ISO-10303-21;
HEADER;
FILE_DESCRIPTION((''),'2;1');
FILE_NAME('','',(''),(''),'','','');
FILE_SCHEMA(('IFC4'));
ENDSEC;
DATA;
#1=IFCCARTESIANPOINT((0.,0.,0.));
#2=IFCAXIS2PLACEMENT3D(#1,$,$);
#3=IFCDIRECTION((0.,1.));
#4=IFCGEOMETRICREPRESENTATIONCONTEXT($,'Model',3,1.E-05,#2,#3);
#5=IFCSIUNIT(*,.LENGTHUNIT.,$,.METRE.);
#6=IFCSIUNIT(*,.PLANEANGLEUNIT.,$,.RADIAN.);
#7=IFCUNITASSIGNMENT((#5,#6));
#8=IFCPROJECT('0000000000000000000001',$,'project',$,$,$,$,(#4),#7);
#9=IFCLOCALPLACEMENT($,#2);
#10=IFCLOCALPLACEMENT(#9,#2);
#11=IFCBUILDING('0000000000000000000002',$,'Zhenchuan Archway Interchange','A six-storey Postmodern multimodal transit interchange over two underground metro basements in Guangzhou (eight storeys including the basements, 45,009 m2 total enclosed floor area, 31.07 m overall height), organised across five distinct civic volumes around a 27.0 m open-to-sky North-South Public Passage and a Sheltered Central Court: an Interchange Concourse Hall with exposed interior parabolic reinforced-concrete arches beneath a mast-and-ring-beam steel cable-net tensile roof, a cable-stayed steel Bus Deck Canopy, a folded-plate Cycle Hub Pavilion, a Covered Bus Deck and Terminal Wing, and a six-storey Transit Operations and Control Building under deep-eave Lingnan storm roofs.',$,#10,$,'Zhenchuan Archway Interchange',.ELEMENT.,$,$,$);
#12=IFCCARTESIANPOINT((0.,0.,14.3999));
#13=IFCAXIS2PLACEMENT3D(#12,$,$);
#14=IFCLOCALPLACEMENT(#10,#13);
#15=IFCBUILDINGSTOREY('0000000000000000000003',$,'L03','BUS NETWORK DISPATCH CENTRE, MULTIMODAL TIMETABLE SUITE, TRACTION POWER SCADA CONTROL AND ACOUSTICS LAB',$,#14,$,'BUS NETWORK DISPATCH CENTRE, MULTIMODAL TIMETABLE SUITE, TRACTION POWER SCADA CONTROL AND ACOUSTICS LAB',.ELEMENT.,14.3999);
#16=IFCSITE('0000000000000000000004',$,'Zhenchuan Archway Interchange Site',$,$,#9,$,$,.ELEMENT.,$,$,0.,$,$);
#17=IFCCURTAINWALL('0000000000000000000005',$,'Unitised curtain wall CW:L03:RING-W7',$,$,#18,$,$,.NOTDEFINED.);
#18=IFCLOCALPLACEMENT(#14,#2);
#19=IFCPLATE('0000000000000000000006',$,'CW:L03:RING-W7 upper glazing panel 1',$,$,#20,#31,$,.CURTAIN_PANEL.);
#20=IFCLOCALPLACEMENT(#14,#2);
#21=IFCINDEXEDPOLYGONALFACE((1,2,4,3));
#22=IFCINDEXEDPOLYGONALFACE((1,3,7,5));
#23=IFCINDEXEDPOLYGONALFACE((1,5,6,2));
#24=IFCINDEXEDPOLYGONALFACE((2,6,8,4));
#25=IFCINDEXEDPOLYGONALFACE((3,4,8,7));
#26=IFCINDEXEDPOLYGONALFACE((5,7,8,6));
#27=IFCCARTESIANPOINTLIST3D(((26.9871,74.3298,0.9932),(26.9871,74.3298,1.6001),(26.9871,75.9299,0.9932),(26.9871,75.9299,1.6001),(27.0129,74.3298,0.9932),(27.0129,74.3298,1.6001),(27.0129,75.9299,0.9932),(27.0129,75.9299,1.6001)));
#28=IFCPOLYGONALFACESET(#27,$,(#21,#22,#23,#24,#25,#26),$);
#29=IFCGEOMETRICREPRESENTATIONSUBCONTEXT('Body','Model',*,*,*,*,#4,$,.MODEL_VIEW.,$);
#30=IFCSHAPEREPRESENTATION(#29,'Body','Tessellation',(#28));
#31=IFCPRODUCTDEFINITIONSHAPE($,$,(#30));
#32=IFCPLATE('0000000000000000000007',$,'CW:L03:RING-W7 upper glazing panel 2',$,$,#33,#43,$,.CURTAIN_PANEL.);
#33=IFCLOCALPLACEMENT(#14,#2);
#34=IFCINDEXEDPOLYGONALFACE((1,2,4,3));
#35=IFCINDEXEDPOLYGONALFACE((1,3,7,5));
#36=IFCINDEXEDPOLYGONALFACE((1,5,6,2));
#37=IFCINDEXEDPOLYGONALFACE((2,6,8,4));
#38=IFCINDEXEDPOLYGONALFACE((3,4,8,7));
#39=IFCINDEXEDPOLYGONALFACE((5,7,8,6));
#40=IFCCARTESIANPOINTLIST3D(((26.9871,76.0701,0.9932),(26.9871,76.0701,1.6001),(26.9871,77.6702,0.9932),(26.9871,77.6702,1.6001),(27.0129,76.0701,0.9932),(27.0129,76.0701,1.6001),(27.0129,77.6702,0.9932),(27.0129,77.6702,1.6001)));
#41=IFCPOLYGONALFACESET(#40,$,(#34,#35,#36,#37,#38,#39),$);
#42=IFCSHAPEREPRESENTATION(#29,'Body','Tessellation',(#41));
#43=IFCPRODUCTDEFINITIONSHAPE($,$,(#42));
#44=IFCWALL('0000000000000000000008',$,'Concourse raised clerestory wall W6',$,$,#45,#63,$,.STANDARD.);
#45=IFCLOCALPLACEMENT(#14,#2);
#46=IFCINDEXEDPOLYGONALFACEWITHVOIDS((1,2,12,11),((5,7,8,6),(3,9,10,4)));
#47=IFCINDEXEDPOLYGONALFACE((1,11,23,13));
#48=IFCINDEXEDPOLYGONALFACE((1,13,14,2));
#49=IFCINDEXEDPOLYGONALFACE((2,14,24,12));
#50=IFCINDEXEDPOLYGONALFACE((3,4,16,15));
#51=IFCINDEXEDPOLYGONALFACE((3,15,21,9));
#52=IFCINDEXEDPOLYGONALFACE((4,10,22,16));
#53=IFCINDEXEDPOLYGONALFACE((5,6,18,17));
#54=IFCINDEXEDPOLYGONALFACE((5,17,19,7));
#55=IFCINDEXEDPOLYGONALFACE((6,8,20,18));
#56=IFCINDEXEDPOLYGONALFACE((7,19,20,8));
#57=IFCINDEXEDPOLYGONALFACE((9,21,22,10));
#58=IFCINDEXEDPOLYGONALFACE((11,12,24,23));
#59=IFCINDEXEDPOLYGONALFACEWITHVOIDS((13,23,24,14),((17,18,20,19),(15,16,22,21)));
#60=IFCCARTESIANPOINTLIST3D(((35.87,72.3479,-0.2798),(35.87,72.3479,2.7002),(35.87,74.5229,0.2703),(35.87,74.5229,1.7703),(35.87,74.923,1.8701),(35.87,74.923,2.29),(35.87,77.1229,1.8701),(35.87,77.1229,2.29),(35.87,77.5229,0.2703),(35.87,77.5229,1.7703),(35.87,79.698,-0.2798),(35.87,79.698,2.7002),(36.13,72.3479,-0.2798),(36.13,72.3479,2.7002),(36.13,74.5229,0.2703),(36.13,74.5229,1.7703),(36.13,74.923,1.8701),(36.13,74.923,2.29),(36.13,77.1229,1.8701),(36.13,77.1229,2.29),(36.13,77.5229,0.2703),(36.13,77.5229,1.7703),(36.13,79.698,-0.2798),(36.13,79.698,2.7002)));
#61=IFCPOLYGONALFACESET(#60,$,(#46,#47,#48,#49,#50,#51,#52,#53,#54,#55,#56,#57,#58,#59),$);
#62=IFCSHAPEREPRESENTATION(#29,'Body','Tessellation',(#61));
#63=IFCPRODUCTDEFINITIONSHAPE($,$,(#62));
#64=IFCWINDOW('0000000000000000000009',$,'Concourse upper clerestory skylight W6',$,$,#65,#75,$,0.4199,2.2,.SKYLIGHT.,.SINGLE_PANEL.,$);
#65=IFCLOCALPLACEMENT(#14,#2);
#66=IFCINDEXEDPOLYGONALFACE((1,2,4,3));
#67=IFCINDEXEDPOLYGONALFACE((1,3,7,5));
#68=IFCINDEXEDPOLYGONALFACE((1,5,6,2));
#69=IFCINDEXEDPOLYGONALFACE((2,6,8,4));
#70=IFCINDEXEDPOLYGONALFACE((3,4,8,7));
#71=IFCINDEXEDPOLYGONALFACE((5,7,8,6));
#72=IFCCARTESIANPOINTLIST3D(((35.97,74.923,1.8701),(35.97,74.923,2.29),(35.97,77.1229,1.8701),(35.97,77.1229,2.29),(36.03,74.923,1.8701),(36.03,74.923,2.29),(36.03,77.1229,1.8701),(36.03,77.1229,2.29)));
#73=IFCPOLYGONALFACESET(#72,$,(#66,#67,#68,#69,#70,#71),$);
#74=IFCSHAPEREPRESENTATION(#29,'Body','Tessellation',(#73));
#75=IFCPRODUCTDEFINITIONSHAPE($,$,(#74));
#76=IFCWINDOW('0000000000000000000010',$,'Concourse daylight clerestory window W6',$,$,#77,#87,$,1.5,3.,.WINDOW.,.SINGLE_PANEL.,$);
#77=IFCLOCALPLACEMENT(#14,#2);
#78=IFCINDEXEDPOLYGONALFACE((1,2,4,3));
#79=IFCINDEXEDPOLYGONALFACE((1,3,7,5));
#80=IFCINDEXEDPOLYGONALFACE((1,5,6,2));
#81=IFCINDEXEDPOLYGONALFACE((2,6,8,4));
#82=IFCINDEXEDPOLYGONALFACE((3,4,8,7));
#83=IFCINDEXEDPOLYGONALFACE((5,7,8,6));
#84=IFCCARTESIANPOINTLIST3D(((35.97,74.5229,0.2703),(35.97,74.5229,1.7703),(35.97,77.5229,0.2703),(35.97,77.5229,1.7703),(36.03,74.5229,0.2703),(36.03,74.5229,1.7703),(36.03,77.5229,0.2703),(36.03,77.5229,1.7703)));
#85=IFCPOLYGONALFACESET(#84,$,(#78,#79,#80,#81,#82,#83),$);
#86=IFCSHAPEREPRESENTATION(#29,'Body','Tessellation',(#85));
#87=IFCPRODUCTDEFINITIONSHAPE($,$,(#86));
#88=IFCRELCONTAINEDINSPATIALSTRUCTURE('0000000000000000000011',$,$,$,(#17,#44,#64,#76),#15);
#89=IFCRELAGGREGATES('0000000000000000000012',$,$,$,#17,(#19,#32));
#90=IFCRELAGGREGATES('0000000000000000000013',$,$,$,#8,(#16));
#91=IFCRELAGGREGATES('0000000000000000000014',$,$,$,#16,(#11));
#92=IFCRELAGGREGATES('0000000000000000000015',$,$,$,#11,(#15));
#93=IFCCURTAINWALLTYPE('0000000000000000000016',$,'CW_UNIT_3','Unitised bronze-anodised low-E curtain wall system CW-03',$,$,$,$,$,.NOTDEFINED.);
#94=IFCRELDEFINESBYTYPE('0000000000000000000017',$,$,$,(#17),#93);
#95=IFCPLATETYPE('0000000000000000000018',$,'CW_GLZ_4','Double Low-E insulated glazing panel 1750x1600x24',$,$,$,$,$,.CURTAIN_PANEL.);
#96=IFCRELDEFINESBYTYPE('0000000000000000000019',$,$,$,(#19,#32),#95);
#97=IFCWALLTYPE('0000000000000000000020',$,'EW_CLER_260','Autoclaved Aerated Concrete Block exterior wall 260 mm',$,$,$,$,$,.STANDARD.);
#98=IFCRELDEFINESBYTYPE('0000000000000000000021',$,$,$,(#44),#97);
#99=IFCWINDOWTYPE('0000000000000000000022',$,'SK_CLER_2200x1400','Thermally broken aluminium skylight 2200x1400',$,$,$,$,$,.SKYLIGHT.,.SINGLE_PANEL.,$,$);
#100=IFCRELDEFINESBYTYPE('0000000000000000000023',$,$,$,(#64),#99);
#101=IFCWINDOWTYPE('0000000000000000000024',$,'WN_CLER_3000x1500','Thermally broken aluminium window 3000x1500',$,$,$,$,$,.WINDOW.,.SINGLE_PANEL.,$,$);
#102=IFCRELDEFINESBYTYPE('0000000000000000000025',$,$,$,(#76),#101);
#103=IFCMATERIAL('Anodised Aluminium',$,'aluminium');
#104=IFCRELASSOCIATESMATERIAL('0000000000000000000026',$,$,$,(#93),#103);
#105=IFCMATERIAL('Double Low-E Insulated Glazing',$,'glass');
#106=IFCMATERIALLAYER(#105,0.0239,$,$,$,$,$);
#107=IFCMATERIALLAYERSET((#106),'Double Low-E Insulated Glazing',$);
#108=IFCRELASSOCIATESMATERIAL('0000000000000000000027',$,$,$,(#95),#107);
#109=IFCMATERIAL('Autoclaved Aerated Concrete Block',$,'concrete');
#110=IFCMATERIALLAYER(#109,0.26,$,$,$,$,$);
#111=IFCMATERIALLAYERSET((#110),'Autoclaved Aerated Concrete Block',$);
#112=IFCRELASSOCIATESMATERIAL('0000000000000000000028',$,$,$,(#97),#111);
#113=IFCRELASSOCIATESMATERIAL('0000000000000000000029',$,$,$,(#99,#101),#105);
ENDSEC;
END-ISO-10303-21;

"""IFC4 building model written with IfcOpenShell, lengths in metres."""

from ifc_helpers import new_model, si_unit, direction, frame, frame_2d, origin, origin_2d, place, context, subcontext, project, spatial, rectangle, extrude, material, layer, layer_set, type_object, element, fill, aggregate, save


model = new_model("IFC4")

# Units and contexts
model_context = context("Model", 3, precision=1e-05, world=origin(), true_north=direction((0.0, 1.0)))
body_context = subcontext(model_context, "Body", "Model", "MODEL_VIEW")
ifc_project = project(units=[si_unit("LENGTHUNIT", "METRE"), si_unit("PLANEANGLEUNIT", "RADIAN")], contexts=[model_context])

# Site, building, storey
site_placement = place(None, origin())
site = spatial("IfcSite", under=ifc_project, at=site_placement, Name="Zhenchuan Archway Interchange Site", CompositionType="ELEMENT", RefElevation=0.0)
building_placement = place(site_placement, origin())
building = spatial("IfcBuilding", under=site, at=building_placement, Name="Zhenchuan Archway Interchange", Description="A six-storey Postmodern multimodal transit interchange over two underground metro basements in Guangzhou (eight storeys including the basements, 45,009 m2 total enclosed floor area, 31.07 m overall height), organised across five distinct civic volumes around a 27.0 m open-to-sky North-South Public Passage and a Sheltered Central Court: an Interchange Concourse Hall with exposed interior parabolic reinforced-concrete arches beneath a mast-and-ring-beam steel cable-net tensile roof, a cable-stayed steel Bus Deck Canopy, a folded-plate Cycle Hub Pavilion, a Covered Bus Deck and Terminal Wing, and a six-storey Transit Operations and Control Building under deep-eave Lingnan storm roofs.", LongName="Zhenchuan Archway Interchange", CompositionType="ELEMENT")
storey_placement = place(building_placement, frame((0.0, 0.0, 14.3999)))
storey = spatial("IfcBuildingStorey", under=building, at=storey_placement, Name="L03", Description="BUS NETWORK DISPATCH CENTRE, MULTIMODAL TIMETABLE SUITE, TRACTION POWER SCADA CONTROL AND ACOUSTICS LAB", LongName="BUS NETWORK DISPATCH CENTRE, MULTIMODAL TIMETABLE SUITE, TRACTION POWER SCADA CONTROL AND ACOUSTICS LAB", CompositionType="ELEMENT", Elevation=14.3999)

# Curtain wall
ifc_material_1 = material(Name="Anodised Aluminium", Category="aluminium")
curtain_wall_type = type_object("IfcCurtainWallType", Name="CW_UNIT_3", Description="Unitised bronze-anodised low-E curtain wall system CW-03", PredefinedType="NOTDEFINED", material=ifc_material_1)
curtain_wall_placement = place(storey_placement, origin())
curtain_wall = element("IfcCurtainWall", 1, at=curtain_wall_placement, inside=storey, type_object=curtain_wall_type, Name="Unitised curtain wall CW:L03:RING-W7", PredefinedType="NOTDEFINED")

# Plates
ifc_material_2 = material(Name="Double Low-E Insulated Glazing", Category="glass")
ifc_layer_1 = layer(ifc_material_2, 0.0239)
ifc_layer_set_1 = layer_set([ifc_layer_1], Name="Double Low-E Insulated Glazing")
plate_type_1 = type_object("IfcPlateType", Name="CW_GLZ_4", Description="Double Low-E insulated glazing panel 1750x1600x24", PredefinedType="CURTAIN_PANEL", material=ifc_layer_set_1)
plate_1_placement = place(storey_placement, frame((27.0, 75.1299, 0.9932), z_axis=(0.0, 0.0, 1.0), x_axis=(0.0, 1.0, 0.0)))
plate_1 = element("IfcPlate", 2, at=plate_1_placement, type_object=plate_type_1, Name="CW:L03:RING-W7 upper glazing panel 1", PredefinedType="CURTAIN_PANEL", context=body_context, shape_type="SweptSolid", body=[
    extrude(rectangle(XDim=1.6001, YDim=0.0259, at=origin_2d()), origin(), (0.0, 0.0, 1.0), 0.6069),
])
plate_2_placement = place(storey_placement, frame((27.0, 76.8701, 0.9932), z_axis=(0.0, 0.0, 1.0), x_axis=(0.0, 1.0, 0.0)))
plate_2 = element("IfcPlate", 3, at=plate_2_placement, type_object=plate_type_1, Name="CW:L03:RING-W7 upper glazing panel 2", PredefinedType="CURTAIN_PANEL", context=body_context, shape_type="SweptSolid", body=[
    extrude(rectangle(XDim=1.6001, YDim=0.0259, at=origin_2d()), origin(), (0.0, 0.0, 1.0), 0.6069),
])
aggregate(curtain_wall, [plate_1, plate_2])

# Wall, openings, windows
ifc_material_3 = material(Name="Autoclaved Aerated Concrete Block", Category="concrete")
ifc_layer_2 = layer(ifc_material_3, 0.26)
ifc_layer_set_2 = layer_set([ifc_layer_2], Name="Autoclaved Aerated Concrete Block")
wall_type = type_object("IfcWallType", Name="EW_CLER_260", Description="Autoclaved Aerated Concrete Block exterior wall 260 mm", PredefinedType="STANDARD", material=ifc_layer_set_2)
wall_placement = place(storey_placement, frame((36.0, 72.3479, -0.2798), z_axis=(0.0, 0.0, 1.0), x_axis=(0.0, 1.0, 0.0)))
wall = element("IfcWall", 4, at=wall_placement, inside=storey, type_object=wall_type, Name="Concourse raised clerestory wall W6", PredefinedType="STANDARD", context=body_context, shape_type="SweptSolid", body=[
    extrude(rectangle(XDim=7.3501, YDim=0.26, at=frame_2d((3.675, 0.0))), origin(), (0.0, 0.0, 1.0), 2.98),
])
opening_1_placement = place(wall_placement, frame((2.175, 0.0, 0.55)))
opening_1 = element("IfcOpeningElement", 5, at=opening_1_placement, cuts=wall, PredefinedType="OPENING", context=body_context, shape_type="SweptSolid", body=[
    extrude(rectangle(XDim=3.0, YDim=1.5, at=frame_2d((1.5, 0.75))), frame((0.0, 0.1421, 0.0), z_axis=(0.0, -1.0, 0.0), x_axis=(1.0, 0.0, 0.0)), (0.0, 0.0, 1.0), 0.2839),
])
opening_2_placement = place(wall_placement, frame((2.575, 0.0, 2.1499)))
opening_2 = element("IfcOpeningElement", 6, at=opening_2_placement, cuts=wall, PredefinedType="OPENING", context=body_context, shape_type="SweptSolid", body=[
    extrude(rectangle(XDim=2.2, YDim=0.4199, at=frame_2d((1.1001, 0.21))), frame((0.0, 0.1421, 0.0), z_axis=(0.0, -1.0, 0.0), x_axis=(1.0, 0.0, 0.0)), (0.0, 0.0, 1.0), 0.2839),
])
window_type_1 = type_object("IfcWindowType", Name="SK_CLER_2200x1400", Description="Thermally broken aluminium skylight 2200x1400", PartitioningType="SINGLE_PANEL", PredefinedType="SKYLIGHT", material=ifc_material_2)
window_1_placement = place(opening_2_placement, origin())
window_1 = element("IfcWindow", 7, at=window_1_placement, inside=storey, type_object=window_type_1, Name="Concourse upper clerestory skylight W6", OverallHeight=0.4199, OverallWidth=2.2, PartitioningType="SINGLE_PANEL", PredefinedType="SKYLIGHT", context=body_context, shape_type="SweptSolid", body=[
    extrude(rectangle(XDim=2.2, YDim=0.4199, at=frame_2d((1.1001, 0.21))), frame((0.0, 0.03, 0.0), z_axis=(0.0, -1.0, 0.0), x_axis=(1.0, 0.0, 0.0)), (0.0, 0.0, 1.0), 0.0601),
])
fill(opening_2, window_1)
window_type_2 = type_object("IfcWindowType", Name="WN_CLER_3000x1500", Description="Thermally broken aluminium window 3000x1500", PartitioningType="SINGLE_PANEL", PredefinedType="WINDOW", material=ifc_material_2)
window_2_placement = place(opening_1_placement, origin())
window_2 = element("IfcWindow", 8, at=window_2_placement, inside=storey, type_object=window_type_2, Name="Concourse daylight clerestory window W6", OverallHeight=1.5, OverallWidth=3.0, PartitioningType="SINGLE_PANEL", PredefinedType="WINDOW", context=body_context, shape_type="SweptSolid", body=[
    extrude(rectangle(XDim=3.0, YDim=1.5, at=frame_2d((1.5, 0.75))), frame((0.0, 0.03, 0.0), z_axis=(0.0, -1.0, 0.0), x_axis=(1.0, 0.0, 0.0)), (0.0, 0.0, 1.0), 0.0601),
])
fill(opening_1, window_2)

save(model, "model.ifc")
